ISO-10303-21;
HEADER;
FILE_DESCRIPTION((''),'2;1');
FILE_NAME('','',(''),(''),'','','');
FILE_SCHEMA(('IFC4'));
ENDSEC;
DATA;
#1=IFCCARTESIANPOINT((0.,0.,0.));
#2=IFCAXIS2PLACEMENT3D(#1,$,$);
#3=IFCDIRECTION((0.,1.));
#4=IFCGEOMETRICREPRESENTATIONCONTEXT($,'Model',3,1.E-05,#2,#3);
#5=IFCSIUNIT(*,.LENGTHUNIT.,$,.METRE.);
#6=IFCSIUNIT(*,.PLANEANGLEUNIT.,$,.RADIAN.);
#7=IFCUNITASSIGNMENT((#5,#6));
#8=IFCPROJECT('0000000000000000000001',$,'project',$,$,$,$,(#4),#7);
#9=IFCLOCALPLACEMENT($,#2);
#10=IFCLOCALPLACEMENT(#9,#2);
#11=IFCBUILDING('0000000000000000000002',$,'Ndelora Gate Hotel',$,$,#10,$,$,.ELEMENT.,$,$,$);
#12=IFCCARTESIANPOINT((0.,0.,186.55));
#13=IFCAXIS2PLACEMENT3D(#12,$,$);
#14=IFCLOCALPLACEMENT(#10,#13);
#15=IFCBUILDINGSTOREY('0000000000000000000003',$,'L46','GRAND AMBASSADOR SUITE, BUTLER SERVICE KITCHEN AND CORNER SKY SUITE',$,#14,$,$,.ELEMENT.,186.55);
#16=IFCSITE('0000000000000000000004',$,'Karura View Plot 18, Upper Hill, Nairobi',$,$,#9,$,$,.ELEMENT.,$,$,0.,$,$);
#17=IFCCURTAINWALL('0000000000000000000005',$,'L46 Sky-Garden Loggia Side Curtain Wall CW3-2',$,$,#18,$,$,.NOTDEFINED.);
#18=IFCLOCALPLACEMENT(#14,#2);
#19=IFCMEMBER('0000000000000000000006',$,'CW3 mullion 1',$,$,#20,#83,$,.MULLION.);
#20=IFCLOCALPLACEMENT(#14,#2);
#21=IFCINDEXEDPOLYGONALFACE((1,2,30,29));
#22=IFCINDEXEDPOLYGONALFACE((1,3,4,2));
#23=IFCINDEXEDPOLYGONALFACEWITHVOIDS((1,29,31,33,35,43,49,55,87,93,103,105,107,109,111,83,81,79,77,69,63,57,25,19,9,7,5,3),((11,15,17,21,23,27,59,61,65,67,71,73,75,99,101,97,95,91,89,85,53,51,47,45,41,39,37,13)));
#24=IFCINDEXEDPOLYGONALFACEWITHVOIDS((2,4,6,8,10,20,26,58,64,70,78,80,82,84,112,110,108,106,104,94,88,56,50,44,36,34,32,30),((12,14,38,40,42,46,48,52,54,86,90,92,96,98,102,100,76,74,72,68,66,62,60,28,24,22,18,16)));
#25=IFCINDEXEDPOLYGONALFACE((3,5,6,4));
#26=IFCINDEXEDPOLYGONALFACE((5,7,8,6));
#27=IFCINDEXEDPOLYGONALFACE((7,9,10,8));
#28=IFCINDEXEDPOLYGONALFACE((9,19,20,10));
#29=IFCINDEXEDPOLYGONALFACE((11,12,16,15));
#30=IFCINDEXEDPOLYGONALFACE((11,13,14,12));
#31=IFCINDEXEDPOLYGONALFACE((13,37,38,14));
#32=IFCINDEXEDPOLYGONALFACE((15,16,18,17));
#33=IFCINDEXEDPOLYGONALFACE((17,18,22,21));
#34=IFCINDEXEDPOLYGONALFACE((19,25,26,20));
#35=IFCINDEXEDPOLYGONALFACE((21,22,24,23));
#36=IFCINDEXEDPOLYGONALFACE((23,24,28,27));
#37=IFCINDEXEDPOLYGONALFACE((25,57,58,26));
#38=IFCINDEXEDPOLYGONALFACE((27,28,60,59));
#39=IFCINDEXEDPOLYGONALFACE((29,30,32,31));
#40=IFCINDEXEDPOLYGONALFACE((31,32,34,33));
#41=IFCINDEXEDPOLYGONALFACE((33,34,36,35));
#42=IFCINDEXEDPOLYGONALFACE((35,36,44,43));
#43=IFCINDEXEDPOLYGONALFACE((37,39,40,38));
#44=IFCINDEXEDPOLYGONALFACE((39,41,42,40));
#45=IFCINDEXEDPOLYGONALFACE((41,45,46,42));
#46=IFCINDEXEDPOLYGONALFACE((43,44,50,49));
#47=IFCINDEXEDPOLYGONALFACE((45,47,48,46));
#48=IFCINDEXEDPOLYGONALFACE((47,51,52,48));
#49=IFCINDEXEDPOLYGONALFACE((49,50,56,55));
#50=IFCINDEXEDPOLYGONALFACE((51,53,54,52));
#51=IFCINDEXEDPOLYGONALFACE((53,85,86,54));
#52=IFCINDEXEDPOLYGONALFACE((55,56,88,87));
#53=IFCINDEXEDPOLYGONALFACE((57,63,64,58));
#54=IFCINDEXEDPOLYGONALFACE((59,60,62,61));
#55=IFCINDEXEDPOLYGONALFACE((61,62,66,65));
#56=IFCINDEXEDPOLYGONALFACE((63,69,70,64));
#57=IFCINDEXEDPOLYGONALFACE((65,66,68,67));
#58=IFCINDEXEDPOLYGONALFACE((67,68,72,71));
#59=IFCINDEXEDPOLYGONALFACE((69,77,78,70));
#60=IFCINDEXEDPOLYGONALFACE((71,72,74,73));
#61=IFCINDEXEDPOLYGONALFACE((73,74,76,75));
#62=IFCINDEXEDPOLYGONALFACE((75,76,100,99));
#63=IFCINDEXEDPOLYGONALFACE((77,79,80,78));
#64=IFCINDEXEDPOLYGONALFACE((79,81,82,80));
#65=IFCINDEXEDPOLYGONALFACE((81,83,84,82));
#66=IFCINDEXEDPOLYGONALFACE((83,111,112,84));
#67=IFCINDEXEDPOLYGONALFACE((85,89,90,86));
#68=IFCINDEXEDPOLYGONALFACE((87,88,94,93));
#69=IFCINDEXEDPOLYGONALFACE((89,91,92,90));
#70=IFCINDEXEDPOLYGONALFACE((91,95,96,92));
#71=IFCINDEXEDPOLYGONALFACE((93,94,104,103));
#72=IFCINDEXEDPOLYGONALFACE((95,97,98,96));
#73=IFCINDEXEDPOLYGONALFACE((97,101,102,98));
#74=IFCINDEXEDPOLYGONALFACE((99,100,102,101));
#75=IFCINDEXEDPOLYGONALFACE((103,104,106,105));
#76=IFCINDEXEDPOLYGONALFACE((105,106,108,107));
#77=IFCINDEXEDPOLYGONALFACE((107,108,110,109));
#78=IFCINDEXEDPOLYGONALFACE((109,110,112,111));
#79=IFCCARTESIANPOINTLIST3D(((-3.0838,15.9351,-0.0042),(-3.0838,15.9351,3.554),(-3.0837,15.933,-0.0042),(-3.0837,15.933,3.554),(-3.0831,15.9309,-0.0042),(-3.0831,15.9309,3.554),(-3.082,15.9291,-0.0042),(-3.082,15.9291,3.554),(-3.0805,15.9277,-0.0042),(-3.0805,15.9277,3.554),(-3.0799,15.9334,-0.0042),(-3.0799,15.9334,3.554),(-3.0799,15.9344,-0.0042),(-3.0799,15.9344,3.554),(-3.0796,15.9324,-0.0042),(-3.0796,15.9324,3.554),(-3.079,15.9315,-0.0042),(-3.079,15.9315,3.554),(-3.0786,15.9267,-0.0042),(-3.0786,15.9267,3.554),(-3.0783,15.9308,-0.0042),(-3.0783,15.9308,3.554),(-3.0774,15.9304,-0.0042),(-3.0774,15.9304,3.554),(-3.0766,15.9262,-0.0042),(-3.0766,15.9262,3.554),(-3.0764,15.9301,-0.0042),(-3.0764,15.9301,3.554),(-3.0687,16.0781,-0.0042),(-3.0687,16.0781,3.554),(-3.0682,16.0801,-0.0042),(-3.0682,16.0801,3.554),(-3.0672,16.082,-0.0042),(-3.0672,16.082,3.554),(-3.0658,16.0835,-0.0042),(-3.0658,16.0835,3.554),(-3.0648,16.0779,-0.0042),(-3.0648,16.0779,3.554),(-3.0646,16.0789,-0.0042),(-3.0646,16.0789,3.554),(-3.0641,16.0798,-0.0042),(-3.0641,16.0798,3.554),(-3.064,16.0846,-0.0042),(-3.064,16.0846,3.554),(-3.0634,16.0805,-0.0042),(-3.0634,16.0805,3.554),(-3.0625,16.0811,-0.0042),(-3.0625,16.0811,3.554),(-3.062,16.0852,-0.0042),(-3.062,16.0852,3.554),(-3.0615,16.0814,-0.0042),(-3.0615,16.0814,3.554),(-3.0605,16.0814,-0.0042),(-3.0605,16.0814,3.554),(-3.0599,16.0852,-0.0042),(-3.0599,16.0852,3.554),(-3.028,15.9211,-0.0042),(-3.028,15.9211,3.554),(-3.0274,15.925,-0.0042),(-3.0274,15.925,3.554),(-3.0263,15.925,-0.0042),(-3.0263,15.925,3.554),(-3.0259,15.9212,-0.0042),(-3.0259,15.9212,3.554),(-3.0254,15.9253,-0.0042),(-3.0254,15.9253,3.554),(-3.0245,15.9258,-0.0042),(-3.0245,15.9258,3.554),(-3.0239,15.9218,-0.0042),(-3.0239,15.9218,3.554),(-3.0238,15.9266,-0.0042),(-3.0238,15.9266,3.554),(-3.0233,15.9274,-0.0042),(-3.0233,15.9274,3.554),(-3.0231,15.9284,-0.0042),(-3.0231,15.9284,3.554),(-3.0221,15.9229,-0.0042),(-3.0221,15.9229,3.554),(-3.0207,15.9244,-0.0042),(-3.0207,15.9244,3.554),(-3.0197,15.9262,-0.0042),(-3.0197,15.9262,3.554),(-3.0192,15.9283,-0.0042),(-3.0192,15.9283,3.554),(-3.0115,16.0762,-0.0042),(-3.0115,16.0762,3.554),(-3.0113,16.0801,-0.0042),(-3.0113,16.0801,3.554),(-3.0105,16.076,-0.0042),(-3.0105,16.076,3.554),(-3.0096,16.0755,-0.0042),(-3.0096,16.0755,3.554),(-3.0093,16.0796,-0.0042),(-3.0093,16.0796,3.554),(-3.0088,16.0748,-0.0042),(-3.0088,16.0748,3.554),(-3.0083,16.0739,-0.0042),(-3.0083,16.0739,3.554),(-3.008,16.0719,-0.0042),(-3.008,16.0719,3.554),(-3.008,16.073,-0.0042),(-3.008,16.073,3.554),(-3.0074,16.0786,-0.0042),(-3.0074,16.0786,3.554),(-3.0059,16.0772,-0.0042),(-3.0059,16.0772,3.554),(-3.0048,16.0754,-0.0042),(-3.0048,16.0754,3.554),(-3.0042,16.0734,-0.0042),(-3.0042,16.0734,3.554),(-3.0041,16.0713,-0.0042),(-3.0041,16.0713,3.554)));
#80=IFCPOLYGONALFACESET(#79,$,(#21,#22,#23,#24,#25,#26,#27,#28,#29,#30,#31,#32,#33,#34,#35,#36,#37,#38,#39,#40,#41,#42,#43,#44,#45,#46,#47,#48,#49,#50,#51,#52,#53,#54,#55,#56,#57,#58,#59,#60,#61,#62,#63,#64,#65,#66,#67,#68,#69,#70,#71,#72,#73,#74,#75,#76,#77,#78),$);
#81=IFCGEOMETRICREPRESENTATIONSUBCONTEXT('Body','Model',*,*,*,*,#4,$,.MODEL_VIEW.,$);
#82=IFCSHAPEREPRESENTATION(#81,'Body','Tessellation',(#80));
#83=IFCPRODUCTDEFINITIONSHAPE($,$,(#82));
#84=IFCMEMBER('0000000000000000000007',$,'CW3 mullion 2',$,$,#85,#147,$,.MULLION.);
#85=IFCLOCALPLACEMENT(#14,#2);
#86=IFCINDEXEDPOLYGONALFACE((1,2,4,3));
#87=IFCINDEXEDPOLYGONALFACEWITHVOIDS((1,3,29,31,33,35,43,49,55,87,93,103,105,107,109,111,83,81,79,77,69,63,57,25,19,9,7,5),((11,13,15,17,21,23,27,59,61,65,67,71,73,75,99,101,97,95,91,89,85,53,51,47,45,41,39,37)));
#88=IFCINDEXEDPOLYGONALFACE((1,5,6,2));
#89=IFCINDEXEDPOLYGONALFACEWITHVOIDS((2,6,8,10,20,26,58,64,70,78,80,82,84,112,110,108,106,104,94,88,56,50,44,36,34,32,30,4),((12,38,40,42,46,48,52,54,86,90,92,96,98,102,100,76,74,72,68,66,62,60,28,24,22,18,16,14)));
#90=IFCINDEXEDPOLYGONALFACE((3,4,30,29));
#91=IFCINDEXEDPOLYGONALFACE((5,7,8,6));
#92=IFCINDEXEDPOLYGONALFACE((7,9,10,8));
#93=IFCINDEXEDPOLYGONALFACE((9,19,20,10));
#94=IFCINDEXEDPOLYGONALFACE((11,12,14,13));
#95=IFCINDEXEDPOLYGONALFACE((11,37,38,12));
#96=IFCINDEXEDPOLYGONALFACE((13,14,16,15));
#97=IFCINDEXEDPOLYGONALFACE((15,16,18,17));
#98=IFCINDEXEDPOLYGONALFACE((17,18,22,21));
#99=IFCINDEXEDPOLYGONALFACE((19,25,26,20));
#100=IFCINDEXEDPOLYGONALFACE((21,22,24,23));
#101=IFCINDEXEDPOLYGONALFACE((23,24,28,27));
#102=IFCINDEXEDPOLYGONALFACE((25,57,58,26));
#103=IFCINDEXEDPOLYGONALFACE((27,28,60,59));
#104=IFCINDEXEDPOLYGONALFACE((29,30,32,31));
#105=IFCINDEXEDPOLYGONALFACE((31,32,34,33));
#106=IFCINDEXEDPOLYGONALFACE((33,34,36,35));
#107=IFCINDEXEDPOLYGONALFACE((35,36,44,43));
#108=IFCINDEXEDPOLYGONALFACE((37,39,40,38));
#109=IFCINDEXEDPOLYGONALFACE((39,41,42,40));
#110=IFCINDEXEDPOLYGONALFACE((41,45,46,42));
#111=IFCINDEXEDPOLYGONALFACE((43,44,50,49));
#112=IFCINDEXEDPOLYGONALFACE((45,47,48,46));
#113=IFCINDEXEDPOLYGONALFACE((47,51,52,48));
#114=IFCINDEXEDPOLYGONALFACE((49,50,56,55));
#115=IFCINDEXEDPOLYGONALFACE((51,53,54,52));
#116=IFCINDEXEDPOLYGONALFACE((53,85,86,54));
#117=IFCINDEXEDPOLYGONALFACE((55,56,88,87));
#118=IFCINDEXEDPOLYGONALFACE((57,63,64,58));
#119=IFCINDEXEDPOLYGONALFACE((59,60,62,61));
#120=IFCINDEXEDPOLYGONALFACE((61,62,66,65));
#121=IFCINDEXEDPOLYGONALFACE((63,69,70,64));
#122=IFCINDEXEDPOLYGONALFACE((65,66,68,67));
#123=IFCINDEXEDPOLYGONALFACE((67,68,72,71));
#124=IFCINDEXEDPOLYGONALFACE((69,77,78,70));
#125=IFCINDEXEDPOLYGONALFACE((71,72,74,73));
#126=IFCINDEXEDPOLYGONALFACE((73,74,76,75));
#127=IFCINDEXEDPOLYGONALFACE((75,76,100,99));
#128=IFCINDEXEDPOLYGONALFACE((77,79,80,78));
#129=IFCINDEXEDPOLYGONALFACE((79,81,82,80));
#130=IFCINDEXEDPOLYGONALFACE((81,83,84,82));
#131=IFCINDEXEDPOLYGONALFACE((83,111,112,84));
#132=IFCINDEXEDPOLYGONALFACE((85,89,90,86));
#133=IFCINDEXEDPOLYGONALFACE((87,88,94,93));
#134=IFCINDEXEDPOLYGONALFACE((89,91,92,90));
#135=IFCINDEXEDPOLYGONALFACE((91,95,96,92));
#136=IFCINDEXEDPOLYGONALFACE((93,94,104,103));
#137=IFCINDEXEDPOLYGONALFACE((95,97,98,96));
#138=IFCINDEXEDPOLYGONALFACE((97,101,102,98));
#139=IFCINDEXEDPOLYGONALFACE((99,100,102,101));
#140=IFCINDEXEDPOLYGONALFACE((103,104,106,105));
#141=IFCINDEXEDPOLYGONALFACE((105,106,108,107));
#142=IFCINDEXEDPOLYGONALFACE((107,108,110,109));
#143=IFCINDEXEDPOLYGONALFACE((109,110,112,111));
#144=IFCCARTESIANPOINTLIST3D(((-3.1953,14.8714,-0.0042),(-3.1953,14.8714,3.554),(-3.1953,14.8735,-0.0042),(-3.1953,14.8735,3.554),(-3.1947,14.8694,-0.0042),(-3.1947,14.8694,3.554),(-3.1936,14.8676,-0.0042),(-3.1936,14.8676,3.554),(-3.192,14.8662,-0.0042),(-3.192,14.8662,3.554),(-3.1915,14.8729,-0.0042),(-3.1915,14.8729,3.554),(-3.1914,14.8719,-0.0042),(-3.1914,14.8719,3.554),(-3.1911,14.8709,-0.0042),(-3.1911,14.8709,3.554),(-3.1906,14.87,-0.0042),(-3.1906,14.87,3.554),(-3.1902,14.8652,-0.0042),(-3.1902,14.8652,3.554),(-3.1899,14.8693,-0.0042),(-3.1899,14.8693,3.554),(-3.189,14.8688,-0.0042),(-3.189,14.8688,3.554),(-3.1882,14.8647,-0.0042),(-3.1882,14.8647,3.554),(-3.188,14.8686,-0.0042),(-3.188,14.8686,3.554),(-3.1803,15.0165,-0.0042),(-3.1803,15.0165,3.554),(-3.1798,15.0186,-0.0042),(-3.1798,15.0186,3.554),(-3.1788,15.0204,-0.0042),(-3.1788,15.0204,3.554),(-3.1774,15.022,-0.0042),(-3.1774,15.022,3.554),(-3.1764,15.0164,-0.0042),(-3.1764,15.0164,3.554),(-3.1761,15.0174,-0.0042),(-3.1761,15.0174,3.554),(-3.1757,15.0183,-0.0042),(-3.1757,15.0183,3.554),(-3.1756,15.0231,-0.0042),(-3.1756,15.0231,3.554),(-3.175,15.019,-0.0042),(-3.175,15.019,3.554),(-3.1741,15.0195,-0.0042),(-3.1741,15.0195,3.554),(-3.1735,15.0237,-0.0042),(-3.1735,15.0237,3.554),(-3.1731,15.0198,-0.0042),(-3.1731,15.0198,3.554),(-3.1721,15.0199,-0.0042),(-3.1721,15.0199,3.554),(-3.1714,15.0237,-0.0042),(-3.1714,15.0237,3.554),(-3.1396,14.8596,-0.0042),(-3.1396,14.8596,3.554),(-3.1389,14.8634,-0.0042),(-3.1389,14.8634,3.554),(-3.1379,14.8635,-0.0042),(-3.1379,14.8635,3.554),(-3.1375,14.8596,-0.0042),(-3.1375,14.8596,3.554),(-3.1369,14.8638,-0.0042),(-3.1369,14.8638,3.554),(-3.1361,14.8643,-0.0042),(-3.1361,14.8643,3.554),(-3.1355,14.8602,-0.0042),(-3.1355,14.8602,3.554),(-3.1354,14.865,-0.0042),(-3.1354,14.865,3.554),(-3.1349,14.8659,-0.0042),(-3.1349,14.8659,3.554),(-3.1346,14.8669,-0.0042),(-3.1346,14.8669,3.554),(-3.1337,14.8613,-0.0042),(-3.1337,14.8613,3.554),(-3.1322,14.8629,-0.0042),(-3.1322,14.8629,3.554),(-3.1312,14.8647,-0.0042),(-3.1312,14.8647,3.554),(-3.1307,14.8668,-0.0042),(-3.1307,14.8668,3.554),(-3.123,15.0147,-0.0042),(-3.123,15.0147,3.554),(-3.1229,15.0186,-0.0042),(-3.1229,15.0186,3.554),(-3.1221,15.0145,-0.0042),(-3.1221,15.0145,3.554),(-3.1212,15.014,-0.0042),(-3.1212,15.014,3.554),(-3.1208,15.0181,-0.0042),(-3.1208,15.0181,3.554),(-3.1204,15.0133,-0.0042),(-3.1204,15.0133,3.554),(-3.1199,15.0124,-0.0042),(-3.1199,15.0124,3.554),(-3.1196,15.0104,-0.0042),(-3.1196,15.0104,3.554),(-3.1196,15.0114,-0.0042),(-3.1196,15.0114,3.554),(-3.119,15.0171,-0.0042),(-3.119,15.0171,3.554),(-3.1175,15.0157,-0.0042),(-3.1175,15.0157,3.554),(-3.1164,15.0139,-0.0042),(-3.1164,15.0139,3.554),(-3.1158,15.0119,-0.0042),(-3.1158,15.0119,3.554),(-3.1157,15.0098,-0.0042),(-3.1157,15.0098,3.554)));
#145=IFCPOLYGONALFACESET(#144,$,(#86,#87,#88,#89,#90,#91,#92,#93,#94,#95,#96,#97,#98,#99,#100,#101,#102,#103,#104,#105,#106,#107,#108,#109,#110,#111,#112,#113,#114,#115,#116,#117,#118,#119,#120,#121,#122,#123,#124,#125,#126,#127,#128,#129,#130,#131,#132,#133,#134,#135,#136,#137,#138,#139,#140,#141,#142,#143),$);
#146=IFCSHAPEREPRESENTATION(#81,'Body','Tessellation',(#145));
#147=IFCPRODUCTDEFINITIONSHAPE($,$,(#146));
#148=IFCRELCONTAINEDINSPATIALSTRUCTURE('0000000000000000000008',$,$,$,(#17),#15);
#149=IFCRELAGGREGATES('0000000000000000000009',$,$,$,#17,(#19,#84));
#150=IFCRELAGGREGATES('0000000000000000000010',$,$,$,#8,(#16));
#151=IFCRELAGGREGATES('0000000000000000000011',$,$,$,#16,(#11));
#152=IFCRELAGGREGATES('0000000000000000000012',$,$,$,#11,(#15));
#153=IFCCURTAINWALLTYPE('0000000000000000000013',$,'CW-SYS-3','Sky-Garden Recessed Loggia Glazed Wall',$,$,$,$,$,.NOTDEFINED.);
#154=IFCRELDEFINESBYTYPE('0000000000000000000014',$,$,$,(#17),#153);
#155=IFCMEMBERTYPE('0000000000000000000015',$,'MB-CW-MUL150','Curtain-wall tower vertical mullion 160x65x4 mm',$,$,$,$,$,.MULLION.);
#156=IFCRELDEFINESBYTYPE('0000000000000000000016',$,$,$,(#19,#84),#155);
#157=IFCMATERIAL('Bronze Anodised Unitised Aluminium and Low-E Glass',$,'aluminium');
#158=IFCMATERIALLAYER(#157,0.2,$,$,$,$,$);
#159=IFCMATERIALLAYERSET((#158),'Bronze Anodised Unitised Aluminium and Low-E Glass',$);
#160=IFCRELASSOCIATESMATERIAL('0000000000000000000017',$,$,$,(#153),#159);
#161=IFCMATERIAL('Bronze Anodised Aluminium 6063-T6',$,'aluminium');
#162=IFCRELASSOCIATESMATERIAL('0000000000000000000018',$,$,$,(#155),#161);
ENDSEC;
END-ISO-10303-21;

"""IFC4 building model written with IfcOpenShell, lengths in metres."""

from ifc_helpers import new_model, si_unit, direction, frame, origin, origin_2d, place, context, subcontext, project, spatial, hollow_rectangle, extrude, material, layer, layer_set, material_profile, profile_set, type_object, element, aggregate, save


model = new_model("IFC4")

# Units and contexts
model_context = context("Model", 3, precision=1e-05, world=origin(), true_north=direction((0.0, 1.0)))
body_context = subcontext(model_context, "Body", "Model", "MODEL_VIEW")
ifc_project = project(units=[si_unit("LENGTHUNIT", "METRE"), si_unit("PLANEANGLEUNIT", "RADIAN")], contexts=[model_context])

# Site, building, storey
site_placement = place(None, origin())
site = spatial("IfcSite", under=ifc_project, at=site_placement, Name="Karura View Plot 18, Upper Hill, Nairobi", CompositionType="ELEMENT", RefElevation=0.0)
building_placement = place(site_placement, origin())
building = spatial("IfcBuilding", under=site, at=building_placement, Name="Ndelora Gate Hotel", CompositionType="ELEMENT")
storey_placement = place(building_placement, frame((0.0, 0.0, 186.55)))
storey = spatial("IfcBuildingStorey", under=building, at=storey_placement, Name="L46", Description="GRAND AMBASSADOR SUITE, BUTLER SERVICE KITCHEN AND CORNER SKY SUITE", CompositionType="ELEMENT", Elevation=186.55)

# Curtain wall, members
ifc_material_1 = material(Name="Bronze Anodised Unitised Aluminium and Low-E Glass", Category="aluminium")
ifc_layer_1 = layer(ifc_material_1, 0.2)
ifc_layer_set_1 = layer_set([ifc_layer_1], Name="Bronze Anodised Unitised Aluminium and Low-E Glass")
curtain_wall_type = type_object("IfcCurtainWallType", Name="CW-SYS-3", Description="Sky-Garden Recessed Loggia Glazed Wall", PredefinedType="NOTDEFINED", material=ifc_layer_set_1)
curtain_wall_placement = place(storey_placement, origin())
curtain_wall = element("IfcCurtainWall", 1, at=curtain_wall_placement, inside=storey, type_object=curtain_wall_type, Name="L46 Sky-Garden Loggia Side Curtain Wall CW3-2", PredefinedType="NOTDEFINED")
ifc_material_2 = material(Name="Bronze Anodised Aluminium 6063-T6", Category="aluminium")
ifc_material_profile_1 = material_profile(ifc_material_2, hollow_rectangle(XDim=0.0649, YDim=0.1599, WallThickness=0.0039, InnerFilletRadius=0.0039, OuterFilletRadius=0.0081, at=origin_2d()), Name="ALU 160x65x4")
ifc_profile_set_1 = profile_set([ifc_material_profile_1], Name="Bronze Anodised Aluminium 6063-T6")
member_type_1 = type_object("IfcMemberType", Name="MB-CW-MUL150", Description="Curtain-wall tower vertical mullion 160x65x4 mm", PredefinedType="MULLION", material=ifc_profile_set_1)
member_1_placement = place(storey_placement, frame((-3.0439, 16.0032, -0.0042), z_axis=(0.0, 0.0, 1.0), x_axis=(0.994525, -0.104498, 0.0)))
member_1 = element("IfcMember", 2, at=member_1_placement, type_object=member_type_1, Name="CW3 mullion 1", PredefinedType="MULLION", context=body_context, shape_type="SweptSolid", body=[
    extrude(hollow_rectangle(XDim=0.0649, YDim=0.1599, WallThickness=0.0039, InnerFilletRadius=0.0039, OuterFilletRadius=0.0081, at=origin_2d()), origin(), (0.0, 0.0, 1.0), 3.5581),
])
member_2_placement = place(storey_placement, frame((-3.1555, 14.9417, -0.0042), z_axis=(0.0, 0.0, 1.0), x_axis=(0.994525, -0.104498, 0.0)))
member_2 = element("IfcMember", 3, at=member_2_placement, type_object=member_type_1, Name="CW3 mullion 2", PredefinedType="MULLION", context=body_context, shape_type="SweptSolid", body=[
    extrude(hollow_rectangle(XDim=0.0649, YDim=0.1599, WallThickness=0.0039, InnerFilletRadius=0.0039, OuterFilletRadius=0.0081, at=origin_2d()), origin(), (0.0, 0.0, 1.0), 3.5581),
])
aggregate(curtain_wall, [member_1, member_2])

save(model, "model.ifc")
